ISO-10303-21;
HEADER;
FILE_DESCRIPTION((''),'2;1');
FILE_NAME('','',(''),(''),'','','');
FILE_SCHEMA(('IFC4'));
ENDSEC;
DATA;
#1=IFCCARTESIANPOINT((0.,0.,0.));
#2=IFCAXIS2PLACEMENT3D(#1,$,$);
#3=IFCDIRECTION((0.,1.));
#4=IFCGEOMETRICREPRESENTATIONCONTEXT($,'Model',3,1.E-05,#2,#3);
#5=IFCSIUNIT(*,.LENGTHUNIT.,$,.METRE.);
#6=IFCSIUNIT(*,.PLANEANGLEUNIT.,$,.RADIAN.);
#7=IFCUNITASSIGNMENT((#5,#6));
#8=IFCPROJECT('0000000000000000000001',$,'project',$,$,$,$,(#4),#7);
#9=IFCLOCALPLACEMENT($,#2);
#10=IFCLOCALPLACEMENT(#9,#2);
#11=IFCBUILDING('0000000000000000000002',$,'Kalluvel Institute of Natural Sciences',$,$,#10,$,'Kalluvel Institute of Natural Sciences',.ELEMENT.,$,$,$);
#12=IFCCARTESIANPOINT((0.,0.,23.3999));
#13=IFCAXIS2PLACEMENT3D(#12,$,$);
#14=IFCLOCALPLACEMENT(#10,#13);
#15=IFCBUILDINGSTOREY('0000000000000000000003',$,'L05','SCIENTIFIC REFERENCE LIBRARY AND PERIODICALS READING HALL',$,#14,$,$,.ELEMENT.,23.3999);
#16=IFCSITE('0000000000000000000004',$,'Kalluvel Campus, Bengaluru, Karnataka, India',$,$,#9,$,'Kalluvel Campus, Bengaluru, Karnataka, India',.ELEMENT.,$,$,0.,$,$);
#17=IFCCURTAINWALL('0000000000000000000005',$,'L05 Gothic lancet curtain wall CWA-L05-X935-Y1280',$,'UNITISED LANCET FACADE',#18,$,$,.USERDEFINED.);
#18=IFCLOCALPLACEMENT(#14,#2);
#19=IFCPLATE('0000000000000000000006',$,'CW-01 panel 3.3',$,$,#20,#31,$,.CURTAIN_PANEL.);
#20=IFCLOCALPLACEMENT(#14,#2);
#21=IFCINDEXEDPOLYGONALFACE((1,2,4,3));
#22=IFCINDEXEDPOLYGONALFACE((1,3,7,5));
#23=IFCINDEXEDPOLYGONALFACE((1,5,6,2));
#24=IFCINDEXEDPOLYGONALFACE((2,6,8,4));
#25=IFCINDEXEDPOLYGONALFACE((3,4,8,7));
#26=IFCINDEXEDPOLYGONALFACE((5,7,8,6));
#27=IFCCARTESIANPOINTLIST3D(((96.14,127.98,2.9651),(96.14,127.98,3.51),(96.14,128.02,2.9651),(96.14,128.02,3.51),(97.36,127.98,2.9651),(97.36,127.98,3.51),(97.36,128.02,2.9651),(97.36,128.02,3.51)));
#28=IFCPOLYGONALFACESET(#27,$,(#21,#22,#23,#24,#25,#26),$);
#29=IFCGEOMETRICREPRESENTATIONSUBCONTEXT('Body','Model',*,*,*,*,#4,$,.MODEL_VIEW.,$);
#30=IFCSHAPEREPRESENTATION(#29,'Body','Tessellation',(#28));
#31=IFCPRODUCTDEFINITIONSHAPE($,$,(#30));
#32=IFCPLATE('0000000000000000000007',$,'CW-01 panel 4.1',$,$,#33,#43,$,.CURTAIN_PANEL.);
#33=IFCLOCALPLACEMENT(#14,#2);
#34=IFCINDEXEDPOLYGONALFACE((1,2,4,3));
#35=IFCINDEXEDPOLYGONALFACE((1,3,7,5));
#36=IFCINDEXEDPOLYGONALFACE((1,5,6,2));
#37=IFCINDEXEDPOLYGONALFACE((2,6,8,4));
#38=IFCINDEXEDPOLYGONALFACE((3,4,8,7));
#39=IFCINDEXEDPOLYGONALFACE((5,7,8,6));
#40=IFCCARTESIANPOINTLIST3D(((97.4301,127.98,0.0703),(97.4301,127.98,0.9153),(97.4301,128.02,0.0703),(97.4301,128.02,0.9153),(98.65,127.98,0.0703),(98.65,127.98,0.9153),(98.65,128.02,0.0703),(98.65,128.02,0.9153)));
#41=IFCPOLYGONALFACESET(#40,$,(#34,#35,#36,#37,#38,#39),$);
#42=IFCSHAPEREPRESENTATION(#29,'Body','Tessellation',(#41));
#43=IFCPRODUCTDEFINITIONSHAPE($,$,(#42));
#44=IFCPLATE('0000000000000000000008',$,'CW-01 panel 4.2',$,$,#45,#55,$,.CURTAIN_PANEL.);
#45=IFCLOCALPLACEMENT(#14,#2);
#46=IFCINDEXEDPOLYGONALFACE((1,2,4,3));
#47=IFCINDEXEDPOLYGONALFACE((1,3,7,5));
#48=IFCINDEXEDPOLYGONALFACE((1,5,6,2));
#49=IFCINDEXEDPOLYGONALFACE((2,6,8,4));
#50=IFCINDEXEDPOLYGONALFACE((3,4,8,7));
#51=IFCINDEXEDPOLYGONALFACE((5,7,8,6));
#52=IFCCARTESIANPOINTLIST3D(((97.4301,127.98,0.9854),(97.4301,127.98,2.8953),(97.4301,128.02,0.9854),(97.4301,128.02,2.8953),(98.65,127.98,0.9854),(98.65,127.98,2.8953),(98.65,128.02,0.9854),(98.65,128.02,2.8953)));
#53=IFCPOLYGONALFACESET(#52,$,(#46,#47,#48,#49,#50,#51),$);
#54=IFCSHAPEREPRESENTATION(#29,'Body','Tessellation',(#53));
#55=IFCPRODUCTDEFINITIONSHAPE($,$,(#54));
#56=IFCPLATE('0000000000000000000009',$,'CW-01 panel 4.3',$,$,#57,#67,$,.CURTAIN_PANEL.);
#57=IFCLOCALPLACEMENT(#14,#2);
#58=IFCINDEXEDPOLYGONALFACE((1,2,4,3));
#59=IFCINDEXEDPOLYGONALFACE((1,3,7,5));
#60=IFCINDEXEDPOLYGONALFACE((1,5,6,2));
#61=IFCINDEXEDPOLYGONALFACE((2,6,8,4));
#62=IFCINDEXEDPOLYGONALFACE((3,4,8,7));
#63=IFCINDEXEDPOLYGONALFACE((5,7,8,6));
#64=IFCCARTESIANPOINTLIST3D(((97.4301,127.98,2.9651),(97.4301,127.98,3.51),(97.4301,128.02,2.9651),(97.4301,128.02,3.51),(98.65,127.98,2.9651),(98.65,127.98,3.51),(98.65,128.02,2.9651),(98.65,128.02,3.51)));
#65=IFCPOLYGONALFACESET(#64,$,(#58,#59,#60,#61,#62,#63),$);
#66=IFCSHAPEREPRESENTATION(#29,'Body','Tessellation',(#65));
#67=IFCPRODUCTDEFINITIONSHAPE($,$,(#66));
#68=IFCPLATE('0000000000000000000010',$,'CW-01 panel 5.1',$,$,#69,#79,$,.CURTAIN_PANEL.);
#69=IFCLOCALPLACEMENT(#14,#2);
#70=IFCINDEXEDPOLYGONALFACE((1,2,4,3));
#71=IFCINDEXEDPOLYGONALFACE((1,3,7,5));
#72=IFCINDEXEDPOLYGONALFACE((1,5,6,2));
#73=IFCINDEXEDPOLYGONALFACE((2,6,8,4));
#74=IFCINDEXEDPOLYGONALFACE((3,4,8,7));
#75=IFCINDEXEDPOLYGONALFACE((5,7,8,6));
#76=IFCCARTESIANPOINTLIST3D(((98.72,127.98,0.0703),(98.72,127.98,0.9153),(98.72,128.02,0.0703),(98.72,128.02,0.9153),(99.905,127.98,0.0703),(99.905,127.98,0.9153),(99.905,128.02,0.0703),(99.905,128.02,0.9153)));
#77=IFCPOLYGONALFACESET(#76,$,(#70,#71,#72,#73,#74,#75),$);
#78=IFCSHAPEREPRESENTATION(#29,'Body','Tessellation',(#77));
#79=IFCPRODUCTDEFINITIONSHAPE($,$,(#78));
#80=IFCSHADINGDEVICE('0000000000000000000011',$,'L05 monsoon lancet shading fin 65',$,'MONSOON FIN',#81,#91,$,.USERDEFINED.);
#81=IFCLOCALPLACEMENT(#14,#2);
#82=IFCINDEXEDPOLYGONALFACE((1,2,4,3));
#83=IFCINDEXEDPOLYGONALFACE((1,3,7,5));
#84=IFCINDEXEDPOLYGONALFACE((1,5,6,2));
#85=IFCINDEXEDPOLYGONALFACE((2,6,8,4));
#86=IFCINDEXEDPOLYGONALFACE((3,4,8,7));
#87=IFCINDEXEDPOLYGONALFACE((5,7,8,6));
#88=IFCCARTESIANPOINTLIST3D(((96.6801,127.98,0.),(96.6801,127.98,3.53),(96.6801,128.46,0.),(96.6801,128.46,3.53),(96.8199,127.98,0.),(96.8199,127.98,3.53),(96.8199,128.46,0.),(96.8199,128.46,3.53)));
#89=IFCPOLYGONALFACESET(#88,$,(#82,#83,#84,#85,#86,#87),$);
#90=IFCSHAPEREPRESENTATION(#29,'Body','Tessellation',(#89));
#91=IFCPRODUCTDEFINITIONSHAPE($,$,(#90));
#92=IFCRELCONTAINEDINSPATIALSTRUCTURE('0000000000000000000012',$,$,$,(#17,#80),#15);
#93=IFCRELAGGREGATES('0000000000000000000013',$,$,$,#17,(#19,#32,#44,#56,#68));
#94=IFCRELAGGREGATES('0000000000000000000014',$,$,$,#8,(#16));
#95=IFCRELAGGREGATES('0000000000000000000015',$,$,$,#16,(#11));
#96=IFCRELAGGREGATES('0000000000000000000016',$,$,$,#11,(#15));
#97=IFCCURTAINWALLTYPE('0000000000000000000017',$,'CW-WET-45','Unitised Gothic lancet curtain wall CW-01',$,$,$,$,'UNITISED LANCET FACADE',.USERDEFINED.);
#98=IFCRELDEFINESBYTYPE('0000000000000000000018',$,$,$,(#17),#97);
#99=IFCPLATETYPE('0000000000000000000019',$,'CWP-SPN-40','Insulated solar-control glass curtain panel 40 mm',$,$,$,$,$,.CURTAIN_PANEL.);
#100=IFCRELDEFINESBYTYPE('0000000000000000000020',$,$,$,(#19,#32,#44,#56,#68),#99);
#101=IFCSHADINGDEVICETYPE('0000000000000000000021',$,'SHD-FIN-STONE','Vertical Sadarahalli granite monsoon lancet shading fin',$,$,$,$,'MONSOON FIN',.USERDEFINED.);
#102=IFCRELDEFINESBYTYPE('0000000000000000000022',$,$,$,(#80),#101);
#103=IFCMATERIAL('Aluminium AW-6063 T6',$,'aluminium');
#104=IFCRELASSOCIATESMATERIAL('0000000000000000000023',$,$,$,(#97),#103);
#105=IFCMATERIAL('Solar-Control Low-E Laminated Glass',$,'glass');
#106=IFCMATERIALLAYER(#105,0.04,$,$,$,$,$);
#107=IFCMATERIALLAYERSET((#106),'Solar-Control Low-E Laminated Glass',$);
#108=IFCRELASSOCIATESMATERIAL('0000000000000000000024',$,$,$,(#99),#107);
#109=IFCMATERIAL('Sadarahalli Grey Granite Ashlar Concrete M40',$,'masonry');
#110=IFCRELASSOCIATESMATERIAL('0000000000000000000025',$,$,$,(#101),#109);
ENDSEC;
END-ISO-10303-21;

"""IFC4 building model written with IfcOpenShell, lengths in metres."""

from ifc_helpers import new_model, si_unit, direction, frame, origin, origin_2d, place, context, subcontext, project, spatial, rectangle, extrude, material, layer, layer_set, type_object, element, aggregate, save


model = new_model("IFC4")

# Units and contexts
model_context = context("Model", 3, precision=1e-05, world=origin(), true_north=direction((0.0, 1.0)))
body_context = subcontext(model_context, "Body", "Model", "MODEL_VIEW")
ifc_project = project(units=[si_unit("LENGTHUNIT", "METRE"), si_unit("PLANEANGLEUNIT", "RADIAN")], contexts=[model_context])

# Site, building, storey
site_placement = place(None, origin())
site = spatial("IfcSite", under=ifc_project, at=site_placement, Name="Kalluvel Campus, Bengaluru, Karnataka, India", LongName="Kalluvel Campus, Bengaluru, Karnataka, India", CompositionType="ELEMENT", RefElevation=0.0)
building_placement = place(site_placement, origin())
building = spatial("IfcBuilding", under=site, at=building_placement, Name="Kalluvel Institute of Natural Sciences", LongName="Kalluvel Institute of Natural Sciences", CompositionType="ELEMENT")
storey_placement = place(building_placement, frame((0.0, 0.0, 23.3999)))
storey = spatial("IfcBuildingStorey", under=building, at=storey_placement, Name="L05", Description="SCIENTIFIC REFERENCE LIBRARY AND PERIODICALS READING HALL", CompositionType="ELEMENT", Elevation=23.3999)

# Curtain wall, plates
ifc_material_1 = material(Name="Aluminium AW-6063 T6", Category="aluminium")
curtain_wall_type = type_object("IfcCurtainWallType", Name="CW-WET-45", Description="Unitised Gothic lancet curtain wall CW-01", ElementType="UNITISED LANCET FACADE", PredefinedType="USERDEFINED", material=ifc_material_1)
curtain_wall_placement = place(storey_placement, origin())
curtain_wall = element("IfcCurtainWall", 1, at=curtain_wall_placement, inside=storey, type_object=curtain_wall_type, Name="L05 Gothic lancet curtain wall CWA-L05-X935-Y1280", ObjectType="UNITISED LANCET FACADE", PredefinedType="USERDEFINED")
ifc_material_2 = material(Name="Solar-Control Low-E Laminated Glass", Category="glass")
ifc_layer = layer(ifc_material_2, 0.04)
ifc_layer_set = layer_set([ifc_layer], Name="Solar-Control Low-E Laminated Glass")
plate_type = type_object("IfcPlateType", Name="CWP-SPN-40", Description="Insulated solar-control glass curtain panel 40 mm", PredefinedType="CURTAIN_PANEL", material=ifc_layer_set)
plate_1_placement = place(storey_placement, frame((96.75, 128.0, 2.9651), z_axis=(0.0, 0.0, 1.0), x_axis=(1.0, 0.0, 0.0)))
plate_1 = element("IfcPlate", 2, at=plate_1_placement, type_object=plate_type, Name="CW-01 panel 3.3", PredefinedType="CURTAIN_PANEL", context=body_context, shape_type="SweptSolid", body=[
    extrude(rectangle(XDim=1.22, YDim=0.04, at=origin_2d()), origin(), (0.0, 0.0, 1.0), 0.5449),
])
plate_2_placement = place(storey_placement, frame((98.04, 128.0, 0.0703), z_axis=(0.0, 0.0, 1.0), x_axis=(1.0, 0.0, 0.0)))
plate_2 = element("IfcPlate", 3, at=plate_2_placement, type_object=plate_type, Name="CW-01 panel 4.1", PredefinedType="CURTAIN_PANEL", context=body_context, shape_type="SweptSolid", body=[
    extrude(rectangle(XDim=1.22, YDim=0.04, at=origin_2d()), origin(), (0.0, 0.0, 1.0), 0.845),
])
plate_3_placement = place(storey_placement, frame((98.04, 128.0, 0.9854), z_axis=(0.0, 0.0, 1.0), x_axis=(1.0, 0.0, 0.0)))
plate_3 = element("IfcPlate", 4, at=plate_3_placement, type_object=plate_type, Name="CW-01 panel 4.2", PredefinedType="CURTAIN_PANEL", context=body_context, shape_type="SweptSolid", body=[
    extrude(rectangle(XDim=1.22, YDim=0.04, at=origin_2d()), origin(), (0.0, 0.0, 1.0), 1.9099),
])
plate_4_placement = place(storey_placement, frame((98.04, 128.0, 2.9651), z_axis=(0.0, 0.0, 1.0), x_axis=(1.0, 0.0, 0.0)))
plate_4 = element("IfcPlate", 5, at=plate_4_placement, type_object=plate_type, Name="CW-01 panel 4.3", PredefinedType="CURTAIN_PANEL", context=body_context, shape_type="SweptSolid", body=[
    extrude(rectangle(XDim=1.22, YDim=0.04, at=origin_2d()), origin(), (0.0, 0.0, 1.0), 0.5449),
])
plate_5_placement = place(storey_placement, frame((99.3125, 128.0, 0.0703), z_axis=(0.0, 0.0, 1.0), x_axis=(1.0, 0.0, 0.0)))
plate_5 = element("IfcPlate", 6, at=plate_5_placement, type_object=plate_type, Name="CW-01 panel 5.1", PredefinedType="CURTAIN_PANEL", context=body_context, shape_type="SweptSolid", body=[
    extrude(rectangle(XDim=1.1851, YDim=0.04, at=origin_2d()), origin(), (0.0, 0.0, 1.0), 0.845),
])
aggregate(curtain_wall, [plate_1, plate_2, plate_3, plate_4, plate_5])

# Shading device
ifc_material_3 = material(Name="Sadarahalli Grey Granite Ashlar Concrete M40", Category="masonry")
shading_device_type = type_object("IfcShadingDeviceType", Name="SHD-FIN-STONE", Description="Vertical Sadarahalli granite monsoon lancet shading fin", ElementType="MONSOON FIN", PredefinedType="USERDEFINED", material=ifc_material_3)
shading_device_placement = place(storey_placement, frame((96.75, 128.22, 0.0), z_axis=(0.0, 0.0, 1.0), x_axis=(1.0, 0.0, 0.0)))
element("IfcShadingDevice", 7, at=shading_device_placement, inside=storey, type_object=shading_device_type, Name="L05 monsoon lancet shading fin 65", ObjectType="MONSOON FIN", PredefinedType="USERDEFINED", context=body_context, shape_type="SweptSolid", body=[
    extrude(rectangle(XDim=0.1399, YDim=0.48, at=origin_2d()), origin(), (0.0, 0.0, 1.0), 3.53),
])

save(model, "model.ifc")
